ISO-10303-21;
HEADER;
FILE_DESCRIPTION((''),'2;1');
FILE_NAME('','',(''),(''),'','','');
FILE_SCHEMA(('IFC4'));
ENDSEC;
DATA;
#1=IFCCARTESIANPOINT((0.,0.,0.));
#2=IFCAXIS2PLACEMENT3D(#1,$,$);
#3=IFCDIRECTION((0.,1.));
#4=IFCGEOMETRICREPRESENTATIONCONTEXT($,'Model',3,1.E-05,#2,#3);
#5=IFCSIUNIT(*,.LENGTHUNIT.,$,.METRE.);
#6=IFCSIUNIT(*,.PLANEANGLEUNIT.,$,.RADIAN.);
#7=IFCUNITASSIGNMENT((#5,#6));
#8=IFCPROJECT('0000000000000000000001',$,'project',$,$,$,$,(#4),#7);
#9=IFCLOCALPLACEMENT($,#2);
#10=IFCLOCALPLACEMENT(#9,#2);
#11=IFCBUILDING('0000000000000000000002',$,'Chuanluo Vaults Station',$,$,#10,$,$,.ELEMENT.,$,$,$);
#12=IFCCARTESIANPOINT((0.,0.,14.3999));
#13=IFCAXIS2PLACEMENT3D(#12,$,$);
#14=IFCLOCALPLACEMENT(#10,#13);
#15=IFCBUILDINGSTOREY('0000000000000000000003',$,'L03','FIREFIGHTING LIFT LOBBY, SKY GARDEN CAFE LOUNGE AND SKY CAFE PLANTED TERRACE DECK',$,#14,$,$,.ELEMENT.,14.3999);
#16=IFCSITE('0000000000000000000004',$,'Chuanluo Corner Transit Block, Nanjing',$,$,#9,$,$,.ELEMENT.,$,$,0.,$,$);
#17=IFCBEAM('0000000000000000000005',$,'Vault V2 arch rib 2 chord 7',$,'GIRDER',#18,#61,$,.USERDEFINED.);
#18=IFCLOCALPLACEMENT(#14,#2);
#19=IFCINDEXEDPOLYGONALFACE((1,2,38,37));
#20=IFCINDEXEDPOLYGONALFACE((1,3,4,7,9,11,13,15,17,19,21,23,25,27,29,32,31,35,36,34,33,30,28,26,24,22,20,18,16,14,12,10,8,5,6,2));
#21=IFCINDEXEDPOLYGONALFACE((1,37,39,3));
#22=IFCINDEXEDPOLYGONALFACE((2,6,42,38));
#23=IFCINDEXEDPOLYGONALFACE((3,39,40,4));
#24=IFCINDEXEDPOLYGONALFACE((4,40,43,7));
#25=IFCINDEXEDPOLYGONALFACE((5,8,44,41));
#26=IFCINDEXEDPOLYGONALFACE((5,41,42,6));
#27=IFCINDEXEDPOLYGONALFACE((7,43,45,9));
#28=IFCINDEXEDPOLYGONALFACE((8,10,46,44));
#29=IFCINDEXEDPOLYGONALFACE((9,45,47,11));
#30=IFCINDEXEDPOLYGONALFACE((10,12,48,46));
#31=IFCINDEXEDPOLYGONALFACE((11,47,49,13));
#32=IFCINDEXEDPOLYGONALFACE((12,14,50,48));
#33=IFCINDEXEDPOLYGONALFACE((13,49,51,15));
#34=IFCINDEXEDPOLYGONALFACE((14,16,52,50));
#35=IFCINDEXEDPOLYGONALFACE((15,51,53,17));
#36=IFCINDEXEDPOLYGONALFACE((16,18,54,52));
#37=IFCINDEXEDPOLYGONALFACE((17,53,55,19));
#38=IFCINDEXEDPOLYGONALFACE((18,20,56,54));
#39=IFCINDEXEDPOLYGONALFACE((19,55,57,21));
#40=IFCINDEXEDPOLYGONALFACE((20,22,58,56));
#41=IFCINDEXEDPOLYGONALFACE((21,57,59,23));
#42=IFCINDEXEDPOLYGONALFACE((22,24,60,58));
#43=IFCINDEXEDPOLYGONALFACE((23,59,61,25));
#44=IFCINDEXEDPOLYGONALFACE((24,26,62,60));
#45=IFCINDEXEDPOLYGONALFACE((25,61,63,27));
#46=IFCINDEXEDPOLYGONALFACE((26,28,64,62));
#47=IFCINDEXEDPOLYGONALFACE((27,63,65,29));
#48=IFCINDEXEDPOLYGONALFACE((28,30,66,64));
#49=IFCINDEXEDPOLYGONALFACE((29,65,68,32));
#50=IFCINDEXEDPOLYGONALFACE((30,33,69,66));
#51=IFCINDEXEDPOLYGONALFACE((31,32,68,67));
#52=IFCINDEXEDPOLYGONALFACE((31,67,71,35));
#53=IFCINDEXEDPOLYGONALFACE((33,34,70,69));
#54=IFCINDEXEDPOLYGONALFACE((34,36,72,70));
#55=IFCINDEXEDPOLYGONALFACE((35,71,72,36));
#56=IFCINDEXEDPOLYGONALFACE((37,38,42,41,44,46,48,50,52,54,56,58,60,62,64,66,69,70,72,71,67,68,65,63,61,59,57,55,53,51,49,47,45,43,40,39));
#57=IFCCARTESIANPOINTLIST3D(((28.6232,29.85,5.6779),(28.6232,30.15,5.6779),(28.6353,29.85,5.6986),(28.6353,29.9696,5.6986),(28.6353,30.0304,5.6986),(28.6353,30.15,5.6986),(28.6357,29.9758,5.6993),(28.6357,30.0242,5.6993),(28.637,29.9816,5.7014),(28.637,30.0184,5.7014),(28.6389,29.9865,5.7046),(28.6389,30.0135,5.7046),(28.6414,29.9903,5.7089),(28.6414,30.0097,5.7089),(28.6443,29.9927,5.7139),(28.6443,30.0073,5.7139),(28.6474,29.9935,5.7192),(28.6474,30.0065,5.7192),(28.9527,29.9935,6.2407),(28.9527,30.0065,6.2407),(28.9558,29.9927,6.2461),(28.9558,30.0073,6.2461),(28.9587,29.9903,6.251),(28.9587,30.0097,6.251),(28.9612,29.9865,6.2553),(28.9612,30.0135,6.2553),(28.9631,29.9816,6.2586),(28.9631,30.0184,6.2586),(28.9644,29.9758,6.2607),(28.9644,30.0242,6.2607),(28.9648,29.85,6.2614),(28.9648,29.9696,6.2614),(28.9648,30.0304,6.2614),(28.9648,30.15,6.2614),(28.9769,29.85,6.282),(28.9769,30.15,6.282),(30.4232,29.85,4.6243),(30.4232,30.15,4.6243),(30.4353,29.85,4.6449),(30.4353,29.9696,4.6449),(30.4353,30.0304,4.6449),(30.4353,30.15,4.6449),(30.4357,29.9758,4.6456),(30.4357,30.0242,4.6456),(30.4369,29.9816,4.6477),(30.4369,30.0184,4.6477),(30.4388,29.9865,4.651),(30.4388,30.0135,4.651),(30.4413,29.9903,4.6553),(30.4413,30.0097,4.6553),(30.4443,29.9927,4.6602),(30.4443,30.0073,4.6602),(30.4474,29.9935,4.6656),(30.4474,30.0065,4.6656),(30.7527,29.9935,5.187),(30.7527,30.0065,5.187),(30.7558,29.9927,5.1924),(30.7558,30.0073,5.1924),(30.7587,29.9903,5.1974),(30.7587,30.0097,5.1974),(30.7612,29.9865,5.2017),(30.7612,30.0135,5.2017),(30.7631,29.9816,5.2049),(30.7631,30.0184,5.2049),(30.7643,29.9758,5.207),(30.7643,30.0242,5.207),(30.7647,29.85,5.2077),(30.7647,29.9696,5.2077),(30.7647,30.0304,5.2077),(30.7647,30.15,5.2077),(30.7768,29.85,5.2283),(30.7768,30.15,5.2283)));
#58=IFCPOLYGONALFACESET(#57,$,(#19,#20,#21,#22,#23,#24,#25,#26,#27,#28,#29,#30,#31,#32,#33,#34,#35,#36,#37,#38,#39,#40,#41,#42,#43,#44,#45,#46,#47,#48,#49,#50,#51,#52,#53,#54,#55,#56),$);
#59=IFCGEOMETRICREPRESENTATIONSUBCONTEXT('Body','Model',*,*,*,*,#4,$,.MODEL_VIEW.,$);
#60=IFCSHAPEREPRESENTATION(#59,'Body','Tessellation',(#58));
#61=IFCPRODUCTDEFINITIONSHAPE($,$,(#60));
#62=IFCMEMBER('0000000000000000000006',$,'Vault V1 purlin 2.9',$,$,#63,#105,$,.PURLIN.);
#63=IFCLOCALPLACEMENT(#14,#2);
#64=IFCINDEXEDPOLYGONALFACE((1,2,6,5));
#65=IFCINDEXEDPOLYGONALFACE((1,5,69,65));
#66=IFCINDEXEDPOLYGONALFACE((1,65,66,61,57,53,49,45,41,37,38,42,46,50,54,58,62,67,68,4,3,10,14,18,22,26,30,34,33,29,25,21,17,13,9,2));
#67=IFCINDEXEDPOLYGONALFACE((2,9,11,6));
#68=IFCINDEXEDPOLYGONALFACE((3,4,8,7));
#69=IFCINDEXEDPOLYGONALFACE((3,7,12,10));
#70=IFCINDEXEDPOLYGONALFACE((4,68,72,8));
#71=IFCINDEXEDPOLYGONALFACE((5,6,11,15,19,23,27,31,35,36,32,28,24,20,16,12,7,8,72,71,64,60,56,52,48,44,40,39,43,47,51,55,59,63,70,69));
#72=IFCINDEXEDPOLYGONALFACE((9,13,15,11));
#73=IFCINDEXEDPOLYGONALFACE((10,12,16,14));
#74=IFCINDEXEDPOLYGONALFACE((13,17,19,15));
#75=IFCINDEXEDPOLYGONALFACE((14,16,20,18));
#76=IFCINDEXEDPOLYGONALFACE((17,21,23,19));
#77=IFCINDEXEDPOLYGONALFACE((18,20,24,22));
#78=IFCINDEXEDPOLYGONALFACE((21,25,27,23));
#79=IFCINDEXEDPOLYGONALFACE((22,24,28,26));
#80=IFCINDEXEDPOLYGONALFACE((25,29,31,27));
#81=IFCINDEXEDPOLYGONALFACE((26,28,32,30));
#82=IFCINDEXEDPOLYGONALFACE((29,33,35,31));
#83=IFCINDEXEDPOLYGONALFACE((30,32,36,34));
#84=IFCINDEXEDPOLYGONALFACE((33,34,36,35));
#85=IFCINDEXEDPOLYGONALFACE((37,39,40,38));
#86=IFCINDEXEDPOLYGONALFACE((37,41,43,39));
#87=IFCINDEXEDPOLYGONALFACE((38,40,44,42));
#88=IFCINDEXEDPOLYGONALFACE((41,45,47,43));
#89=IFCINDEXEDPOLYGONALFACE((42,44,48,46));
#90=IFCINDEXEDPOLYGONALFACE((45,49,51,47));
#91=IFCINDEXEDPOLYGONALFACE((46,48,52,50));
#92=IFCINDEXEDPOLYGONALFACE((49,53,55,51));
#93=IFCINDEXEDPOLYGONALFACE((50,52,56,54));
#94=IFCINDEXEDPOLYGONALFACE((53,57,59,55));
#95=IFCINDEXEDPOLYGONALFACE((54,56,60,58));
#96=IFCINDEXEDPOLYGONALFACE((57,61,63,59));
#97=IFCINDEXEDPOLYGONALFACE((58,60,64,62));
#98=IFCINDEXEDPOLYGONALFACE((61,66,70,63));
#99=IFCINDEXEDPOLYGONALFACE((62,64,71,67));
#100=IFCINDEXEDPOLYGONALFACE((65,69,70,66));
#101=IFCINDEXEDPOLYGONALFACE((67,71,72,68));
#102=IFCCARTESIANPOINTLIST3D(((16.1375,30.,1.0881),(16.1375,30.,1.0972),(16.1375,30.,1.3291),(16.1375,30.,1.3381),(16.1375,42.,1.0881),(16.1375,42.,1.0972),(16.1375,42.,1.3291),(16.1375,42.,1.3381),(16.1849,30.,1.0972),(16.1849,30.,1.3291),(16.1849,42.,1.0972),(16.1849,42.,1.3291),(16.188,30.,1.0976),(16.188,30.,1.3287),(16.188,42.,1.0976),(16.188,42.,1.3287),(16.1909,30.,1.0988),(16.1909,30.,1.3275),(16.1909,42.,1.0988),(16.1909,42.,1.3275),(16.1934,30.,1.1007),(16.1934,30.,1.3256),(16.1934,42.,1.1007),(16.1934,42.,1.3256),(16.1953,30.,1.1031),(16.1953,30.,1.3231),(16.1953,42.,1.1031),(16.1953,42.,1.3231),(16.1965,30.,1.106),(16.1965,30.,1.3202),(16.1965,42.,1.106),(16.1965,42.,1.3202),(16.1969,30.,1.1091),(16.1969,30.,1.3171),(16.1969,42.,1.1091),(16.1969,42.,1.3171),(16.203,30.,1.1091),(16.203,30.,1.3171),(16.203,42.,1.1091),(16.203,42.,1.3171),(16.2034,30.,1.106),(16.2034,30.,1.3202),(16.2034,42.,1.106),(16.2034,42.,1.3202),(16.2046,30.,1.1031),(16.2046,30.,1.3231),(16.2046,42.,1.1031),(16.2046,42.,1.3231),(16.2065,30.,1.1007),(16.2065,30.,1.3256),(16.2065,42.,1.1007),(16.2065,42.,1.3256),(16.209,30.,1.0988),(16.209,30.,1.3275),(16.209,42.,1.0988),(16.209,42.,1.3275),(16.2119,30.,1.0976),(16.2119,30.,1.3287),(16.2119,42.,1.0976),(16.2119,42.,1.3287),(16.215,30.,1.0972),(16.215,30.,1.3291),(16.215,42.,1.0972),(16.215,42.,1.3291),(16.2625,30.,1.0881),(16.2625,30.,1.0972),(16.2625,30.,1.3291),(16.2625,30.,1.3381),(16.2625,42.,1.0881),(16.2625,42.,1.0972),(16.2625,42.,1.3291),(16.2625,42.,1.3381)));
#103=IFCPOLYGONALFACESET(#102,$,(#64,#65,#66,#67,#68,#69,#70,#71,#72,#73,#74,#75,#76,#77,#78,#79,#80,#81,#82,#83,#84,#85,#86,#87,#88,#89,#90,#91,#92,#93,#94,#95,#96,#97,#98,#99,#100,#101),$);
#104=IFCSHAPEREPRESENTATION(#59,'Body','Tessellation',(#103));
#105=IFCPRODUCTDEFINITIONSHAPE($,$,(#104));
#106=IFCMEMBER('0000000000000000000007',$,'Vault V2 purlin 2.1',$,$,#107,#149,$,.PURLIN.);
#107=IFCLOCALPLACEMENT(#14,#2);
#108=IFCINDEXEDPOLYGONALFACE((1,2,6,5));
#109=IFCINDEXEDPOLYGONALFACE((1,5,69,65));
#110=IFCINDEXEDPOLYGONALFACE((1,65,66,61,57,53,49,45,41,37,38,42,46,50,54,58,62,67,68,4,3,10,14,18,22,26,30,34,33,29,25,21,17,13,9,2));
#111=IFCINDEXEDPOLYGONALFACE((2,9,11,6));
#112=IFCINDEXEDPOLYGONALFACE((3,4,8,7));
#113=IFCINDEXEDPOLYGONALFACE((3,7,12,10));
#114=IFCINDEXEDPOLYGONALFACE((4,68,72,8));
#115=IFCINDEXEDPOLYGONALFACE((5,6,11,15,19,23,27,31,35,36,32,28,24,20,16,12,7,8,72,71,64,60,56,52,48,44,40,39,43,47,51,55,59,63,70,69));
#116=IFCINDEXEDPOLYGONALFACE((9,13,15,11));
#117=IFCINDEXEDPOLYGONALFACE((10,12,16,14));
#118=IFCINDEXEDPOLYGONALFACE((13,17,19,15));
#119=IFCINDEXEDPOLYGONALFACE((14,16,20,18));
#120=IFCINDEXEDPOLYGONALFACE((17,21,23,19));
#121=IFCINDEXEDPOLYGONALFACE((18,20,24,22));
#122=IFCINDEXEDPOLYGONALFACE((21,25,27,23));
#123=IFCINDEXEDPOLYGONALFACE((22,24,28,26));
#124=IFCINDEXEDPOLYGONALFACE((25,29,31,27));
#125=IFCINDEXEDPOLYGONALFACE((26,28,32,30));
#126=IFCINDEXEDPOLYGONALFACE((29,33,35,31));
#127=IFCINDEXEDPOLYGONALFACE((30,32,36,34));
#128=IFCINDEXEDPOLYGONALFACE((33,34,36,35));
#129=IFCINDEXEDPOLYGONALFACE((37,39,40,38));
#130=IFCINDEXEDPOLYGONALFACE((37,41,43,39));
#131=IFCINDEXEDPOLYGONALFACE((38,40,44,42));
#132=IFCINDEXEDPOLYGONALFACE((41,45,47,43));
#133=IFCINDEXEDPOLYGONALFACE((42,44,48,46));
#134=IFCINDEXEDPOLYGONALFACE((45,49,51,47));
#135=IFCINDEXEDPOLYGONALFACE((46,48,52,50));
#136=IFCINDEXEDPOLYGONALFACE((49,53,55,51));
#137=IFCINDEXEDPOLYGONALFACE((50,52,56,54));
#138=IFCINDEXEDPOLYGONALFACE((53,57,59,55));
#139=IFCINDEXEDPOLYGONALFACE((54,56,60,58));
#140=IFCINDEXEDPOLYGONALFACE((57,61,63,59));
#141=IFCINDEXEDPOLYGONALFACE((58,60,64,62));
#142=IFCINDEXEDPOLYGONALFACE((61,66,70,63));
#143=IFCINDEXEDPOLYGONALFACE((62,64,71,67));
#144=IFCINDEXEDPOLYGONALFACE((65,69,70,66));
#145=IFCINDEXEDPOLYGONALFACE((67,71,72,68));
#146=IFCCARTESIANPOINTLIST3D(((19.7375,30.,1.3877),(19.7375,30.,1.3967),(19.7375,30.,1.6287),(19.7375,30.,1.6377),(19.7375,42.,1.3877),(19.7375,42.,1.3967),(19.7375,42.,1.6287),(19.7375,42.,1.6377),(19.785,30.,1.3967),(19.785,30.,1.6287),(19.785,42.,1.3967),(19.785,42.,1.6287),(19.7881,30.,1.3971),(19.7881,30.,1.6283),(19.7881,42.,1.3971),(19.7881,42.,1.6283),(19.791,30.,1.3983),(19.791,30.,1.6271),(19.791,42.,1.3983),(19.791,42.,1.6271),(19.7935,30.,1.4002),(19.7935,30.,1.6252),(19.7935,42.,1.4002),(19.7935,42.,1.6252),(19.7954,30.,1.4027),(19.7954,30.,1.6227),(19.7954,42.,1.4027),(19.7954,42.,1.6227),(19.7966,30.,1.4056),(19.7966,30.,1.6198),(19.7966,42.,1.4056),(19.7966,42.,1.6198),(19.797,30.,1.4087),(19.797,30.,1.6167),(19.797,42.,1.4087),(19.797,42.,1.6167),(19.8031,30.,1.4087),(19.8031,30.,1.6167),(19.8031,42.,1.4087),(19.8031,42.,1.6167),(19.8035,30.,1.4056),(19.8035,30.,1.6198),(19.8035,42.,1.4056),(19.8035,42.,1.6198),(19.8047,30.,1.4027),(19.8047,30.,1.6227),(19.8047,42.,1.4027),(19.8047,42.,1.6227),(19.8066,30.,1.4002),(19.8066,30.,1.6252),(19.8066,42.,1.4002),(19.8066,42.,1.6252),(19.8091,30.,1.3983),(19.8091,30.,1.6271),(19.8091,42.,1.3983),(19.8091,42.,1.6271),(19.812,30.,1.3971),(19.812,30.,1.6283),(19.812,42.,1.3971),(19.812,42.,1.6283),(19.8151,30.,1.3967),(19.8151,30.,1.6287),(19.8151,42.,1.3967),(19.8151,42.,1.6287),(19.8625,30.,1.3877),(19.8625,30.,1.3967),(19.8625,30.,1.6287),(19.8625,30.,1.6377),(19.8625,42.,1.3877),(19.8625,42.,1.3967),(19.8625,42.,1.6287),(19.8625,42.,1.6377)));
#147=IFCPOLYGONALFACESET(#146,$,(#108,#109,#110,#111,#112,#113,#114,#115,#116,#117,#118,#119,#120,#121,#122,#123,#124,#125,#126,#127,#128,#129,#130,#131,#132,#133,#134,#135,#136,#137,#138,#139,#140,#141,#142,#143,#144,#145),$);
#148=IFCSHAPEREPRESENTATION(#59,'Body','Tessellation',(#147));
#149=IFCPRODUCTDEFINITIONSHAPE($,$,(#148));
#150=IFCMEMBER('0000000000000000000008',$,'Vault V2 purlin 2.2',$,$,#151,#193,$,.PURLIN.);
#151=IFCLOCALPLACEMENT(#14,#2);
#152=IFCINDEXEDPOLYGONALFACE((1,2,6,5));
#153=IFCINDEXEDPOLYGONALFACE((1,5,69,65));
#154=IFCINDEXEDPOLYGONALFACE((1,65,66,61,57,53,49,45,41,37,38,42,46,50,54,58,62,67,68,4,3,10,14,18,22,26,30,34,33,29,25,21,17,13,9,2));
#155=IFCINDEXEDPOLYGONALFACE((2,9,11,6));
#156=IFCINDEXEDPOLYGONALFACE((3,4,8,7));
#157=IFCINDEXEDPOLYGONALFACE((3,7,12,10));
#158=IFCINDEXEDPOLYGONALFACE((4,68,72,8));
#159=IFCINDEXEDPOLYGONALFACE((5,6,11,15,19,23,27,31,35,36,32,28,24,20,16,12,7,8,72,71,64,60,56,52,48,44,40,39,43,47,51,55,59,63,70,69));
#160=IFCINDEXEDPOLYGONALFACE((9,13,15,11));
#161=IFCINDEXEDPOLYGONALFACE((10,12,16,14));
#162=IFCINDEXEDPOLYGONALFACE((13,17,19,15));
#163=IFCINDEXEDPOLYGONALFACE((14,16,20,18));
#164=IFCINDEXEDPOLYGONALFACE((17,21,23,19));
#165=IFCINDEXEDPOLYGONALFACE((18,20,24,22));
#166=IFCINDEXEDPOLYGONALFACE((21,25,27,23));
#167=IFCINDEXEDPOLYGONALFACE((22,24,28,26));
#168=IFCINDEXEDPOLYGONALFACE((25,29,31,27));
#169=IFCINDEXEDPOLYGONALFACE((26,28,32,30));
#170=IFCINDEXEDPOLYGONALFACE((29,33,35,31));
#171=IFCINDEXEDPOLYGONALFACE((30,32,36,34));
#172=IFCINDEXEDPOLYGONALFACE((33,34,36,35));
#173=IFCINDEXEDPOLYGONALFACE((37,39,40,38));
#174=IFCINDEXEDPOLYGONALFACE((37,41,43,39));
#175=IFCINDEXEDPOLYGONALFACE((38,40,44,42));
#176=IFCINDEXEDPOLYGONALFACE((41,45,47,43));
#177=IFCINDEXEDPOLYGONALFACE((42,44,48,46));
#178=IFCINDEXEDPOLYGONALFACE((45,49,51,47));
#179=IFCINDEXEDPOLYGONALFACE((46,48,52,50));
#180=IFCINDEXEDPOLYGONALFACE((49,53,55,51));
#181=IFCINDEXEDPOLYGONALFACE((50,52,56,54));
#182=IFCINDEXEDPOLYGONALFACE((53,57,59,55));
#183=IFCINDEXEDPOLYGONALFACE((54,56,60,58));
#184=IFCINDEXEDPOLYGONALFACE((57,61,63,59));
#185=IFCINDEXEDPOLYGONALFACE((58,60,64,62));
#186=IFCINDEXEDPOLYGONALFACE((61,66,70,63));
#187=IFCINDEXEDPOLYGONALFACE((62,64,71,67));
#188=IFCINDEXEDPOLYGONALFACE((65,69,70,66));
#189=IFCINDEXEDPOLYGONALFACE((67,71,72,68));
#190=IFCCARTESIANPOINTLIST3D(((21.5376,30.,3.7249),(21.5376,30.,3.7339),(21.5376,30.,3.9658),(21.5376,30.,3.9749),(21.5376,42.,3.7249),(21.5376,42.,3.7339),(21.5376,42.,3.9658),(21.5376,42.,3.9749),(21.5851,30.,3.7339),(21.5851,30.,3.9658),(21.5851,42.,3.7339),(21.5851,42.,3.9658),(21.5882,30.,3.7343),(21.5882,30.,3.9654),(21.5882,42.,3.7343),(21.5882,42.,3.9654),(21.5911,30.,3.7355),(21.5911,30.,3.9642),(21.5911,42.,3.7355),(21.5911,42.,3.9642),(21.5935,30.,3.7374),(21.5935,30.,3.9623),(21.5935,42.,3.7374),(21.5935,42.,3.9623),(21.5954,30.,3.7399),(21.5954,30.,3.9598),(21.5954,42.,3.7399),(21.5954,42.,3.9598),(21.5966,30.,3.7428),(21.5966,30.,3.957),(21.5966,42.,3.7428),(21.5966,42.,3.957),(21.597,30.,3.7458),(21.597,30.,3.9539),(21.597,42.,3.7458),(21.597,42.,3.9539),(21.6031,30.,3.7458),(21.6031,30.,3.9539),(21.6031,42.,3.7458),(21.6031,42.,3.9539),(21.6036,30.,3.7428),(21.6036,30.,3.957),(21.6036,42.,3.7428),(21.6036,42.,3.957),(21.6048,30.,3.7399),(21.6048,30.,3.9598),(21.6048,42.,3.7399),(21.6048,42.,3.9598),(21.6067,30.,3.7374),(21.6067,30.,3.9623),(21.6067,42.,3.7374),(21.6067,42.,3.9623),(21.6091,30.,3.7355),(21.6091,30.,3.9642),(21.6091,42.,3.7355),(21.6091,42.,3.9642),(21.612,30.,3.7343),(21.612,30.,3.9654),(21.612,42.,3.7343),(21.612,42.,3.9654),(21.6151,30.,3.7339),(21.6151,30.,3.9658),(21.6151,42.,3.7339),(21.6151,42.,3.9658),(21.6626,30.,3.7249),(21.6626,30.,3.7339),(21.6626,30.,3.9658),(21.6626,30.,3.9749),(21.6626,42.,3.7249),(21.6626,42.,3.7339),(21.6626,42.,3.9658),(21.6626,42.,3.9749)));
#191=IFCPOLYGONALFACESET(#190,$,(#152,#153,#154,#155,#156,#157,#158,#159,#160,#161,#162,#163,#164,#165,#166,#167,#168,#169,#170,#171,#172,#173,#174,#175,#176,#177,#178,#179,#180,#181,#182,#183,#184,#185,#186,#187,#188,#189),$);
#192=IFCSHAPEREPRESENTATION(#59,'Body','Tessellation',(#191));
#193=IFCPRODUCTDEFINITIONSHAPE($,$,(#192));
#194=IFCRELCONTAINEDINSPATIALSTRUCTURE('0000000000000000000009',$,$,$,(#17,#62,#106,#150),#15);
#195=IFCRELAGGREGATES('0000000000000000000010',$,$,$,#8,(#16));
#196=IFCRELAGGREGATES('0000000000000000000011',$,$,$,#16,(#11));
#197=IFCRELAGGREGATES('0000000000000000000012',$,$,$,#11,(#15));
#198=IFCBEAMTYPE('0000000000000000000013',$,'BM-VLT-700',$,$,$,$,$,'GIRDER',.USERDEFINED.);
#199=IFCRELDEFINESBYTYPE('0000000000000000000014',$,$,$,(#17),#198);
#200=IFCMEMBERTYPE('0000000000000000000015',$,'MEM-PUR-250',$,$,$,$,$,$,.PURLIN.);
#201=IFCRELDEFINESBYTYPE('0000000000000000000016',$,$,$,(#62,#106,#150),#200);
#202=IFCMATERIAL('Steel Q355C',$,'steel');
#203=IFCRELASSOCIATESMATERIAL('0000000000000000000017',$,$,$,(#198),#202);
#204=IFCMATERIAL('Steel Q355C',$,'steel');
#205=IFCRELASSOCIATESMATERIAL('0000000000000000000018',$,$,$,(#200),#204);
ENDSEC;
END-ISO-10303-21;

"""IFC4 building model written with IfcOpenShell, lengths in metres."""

from ifc_helpers import new_model, si_unit, direction, frame, origin, origin_2d, place, context, subcontext, project, spatial, i_section, extrude, material, material_profile, profile_set, type_object, element, save


model = new_model("IFC4")

# Units and contexts
model_context = context("Model", 3, precision=1e-05, world=origin(), true_north=direction((0.0, 1.0)))
body_context = subcontext(model_context, "Body", "Model", "MODEL_VIEW")
ifc_project = project(units=[si_unit("LENGTHUNIT", "METRE"), si_unit("PLANEANGLEUNIT", "RADIAN")], contexts=[model_context])

# Site, building, storey
site_placement = place(None, origin())
site = spatial("IfcSite", under=ifc_project, at=site_placement, Name="Chuanluo Corner Transit Block, Nanjing", CompositionType="ELEMENT", RefElevation=0.0)
building_placement = place(site_placement, origin())
building = spatial("IfcBuilding", under=site, at=building_placement, Name="Chuanluo Vaults Station", CompositionType="ELEMENT")
storey_placement = place(building_placement, frame((0.0, 0.0, 14.3999)))
storey = spatial("IfcBuildingStorey", under=building, at=storey_placement, Name="L03", Description="FIREFIGHTING LIFT LOBBY, SKY GARDEN CAFE LOUNGE AND SKY CAFE PLANTED TERRACE DECK", CompositionType="ELEMENT", Elevation=14.3999)

# Beam
ifc_material_1 = material(Name="Steel Q355C", Category="steel")
ifc_material_profile_1 = material_profile(ifc_material_1, i_section(OverallWidth=0.3, OverallDepth=0.7, WebThickness=0.0129, FlangeThickness=0.0239, FilletRadius=0.0239, at=origin_2d()))
ifc_profile_set_1 = profile_set([ifc_material_profile_1], Name="Steel Q355C")
beam_type_1 = type_object("IfcBeamType", Name="BM-VLT-700", ElementType="GIRDER", PredefinedType="USERDEFINED", material=ifc_profile_set_1)
beam_1_placement = place(storey_placement, frame((28.8, 30.0, 5.98), z_axis=(0.863009, 0.0, -0.505188), x_axis=(0.0, 1.0, 0.0)))
element("IfcBeam", 1, at=beam_1_placement, inside=storey, type_object=beam_type_1, Name="Vault V2 arch rib 2 chord 7", ObjectType="GIRDER", PredefinedType="USERDEFINED", context=body_context, shape_type="SweptSolid", body=[
    extrude(i_section(OverallWidth=0.3, OverallDepth=0.7, WebThickness=0.0129, FlangeThickness=0.0239, FilletRadius=0.0239, at=origin_2d()), origin(), (0.0, 0.0, 1.0), 2.0857),
])

# Members
ifc_material_2 = material(Name="Steel Q355C", Category="steel")
ifc_material_profile_2 = material_profile(ifc_material_2, i_section(OverallWidth=0.125, OverallDepth=0.25, WebThickness=0.0061, FlangeThickness=0.009, FilletRadius=0.012, at=origin_2d()))
ifc_profile_set_2 = profile_set([ifc_material_profile_2], Name="Steel Q355C")
member_type_1 = type_object("IfcMemberType", Name="MEM-PUR-250", PredefinedType="PURLIN", material=ifc_profile_set_2)
for number, where, z_axis, x_axis, name in (
    (2, (16.2, 30.0, 1.2131), (0.0, 1.0, 0.0), (-1.0, 0.0, 0.0), "Vault V1 purlin 2.9"),
    (3, (19.8, 30.0, 1.5127), (0.0, 1.0, 0.0), (-1.0, 0.0, 0.0), "Vault V2 purlin 2.1"),
    (4, (21.6001, 30.0, 3.8499), (0.0, 1.0, 0.0), (-1.0, 0.0, 0.0), "Vault V2 purlin 2.2"),
):
    element("IfcMember", number, at=place(storey_placement, frame(where, z_axis=z_axis, x_axis=x_axis)), inside=storey, type_object=member_type_1, Name=name, PredefinedType="PURLIN", context=body_context, shape_type="SweptSolid", body=[
        extrude(i_section(OverallWidth=0.125, OverallDepth=0.25, WebThickness=0.0061, FlangeThickness=0.009, FilletRadius=0.012, at=origin_2d()), origin(), (0.0, 0.0, 1.0), 12.0),
    ])

save(model, "model.ifc")
